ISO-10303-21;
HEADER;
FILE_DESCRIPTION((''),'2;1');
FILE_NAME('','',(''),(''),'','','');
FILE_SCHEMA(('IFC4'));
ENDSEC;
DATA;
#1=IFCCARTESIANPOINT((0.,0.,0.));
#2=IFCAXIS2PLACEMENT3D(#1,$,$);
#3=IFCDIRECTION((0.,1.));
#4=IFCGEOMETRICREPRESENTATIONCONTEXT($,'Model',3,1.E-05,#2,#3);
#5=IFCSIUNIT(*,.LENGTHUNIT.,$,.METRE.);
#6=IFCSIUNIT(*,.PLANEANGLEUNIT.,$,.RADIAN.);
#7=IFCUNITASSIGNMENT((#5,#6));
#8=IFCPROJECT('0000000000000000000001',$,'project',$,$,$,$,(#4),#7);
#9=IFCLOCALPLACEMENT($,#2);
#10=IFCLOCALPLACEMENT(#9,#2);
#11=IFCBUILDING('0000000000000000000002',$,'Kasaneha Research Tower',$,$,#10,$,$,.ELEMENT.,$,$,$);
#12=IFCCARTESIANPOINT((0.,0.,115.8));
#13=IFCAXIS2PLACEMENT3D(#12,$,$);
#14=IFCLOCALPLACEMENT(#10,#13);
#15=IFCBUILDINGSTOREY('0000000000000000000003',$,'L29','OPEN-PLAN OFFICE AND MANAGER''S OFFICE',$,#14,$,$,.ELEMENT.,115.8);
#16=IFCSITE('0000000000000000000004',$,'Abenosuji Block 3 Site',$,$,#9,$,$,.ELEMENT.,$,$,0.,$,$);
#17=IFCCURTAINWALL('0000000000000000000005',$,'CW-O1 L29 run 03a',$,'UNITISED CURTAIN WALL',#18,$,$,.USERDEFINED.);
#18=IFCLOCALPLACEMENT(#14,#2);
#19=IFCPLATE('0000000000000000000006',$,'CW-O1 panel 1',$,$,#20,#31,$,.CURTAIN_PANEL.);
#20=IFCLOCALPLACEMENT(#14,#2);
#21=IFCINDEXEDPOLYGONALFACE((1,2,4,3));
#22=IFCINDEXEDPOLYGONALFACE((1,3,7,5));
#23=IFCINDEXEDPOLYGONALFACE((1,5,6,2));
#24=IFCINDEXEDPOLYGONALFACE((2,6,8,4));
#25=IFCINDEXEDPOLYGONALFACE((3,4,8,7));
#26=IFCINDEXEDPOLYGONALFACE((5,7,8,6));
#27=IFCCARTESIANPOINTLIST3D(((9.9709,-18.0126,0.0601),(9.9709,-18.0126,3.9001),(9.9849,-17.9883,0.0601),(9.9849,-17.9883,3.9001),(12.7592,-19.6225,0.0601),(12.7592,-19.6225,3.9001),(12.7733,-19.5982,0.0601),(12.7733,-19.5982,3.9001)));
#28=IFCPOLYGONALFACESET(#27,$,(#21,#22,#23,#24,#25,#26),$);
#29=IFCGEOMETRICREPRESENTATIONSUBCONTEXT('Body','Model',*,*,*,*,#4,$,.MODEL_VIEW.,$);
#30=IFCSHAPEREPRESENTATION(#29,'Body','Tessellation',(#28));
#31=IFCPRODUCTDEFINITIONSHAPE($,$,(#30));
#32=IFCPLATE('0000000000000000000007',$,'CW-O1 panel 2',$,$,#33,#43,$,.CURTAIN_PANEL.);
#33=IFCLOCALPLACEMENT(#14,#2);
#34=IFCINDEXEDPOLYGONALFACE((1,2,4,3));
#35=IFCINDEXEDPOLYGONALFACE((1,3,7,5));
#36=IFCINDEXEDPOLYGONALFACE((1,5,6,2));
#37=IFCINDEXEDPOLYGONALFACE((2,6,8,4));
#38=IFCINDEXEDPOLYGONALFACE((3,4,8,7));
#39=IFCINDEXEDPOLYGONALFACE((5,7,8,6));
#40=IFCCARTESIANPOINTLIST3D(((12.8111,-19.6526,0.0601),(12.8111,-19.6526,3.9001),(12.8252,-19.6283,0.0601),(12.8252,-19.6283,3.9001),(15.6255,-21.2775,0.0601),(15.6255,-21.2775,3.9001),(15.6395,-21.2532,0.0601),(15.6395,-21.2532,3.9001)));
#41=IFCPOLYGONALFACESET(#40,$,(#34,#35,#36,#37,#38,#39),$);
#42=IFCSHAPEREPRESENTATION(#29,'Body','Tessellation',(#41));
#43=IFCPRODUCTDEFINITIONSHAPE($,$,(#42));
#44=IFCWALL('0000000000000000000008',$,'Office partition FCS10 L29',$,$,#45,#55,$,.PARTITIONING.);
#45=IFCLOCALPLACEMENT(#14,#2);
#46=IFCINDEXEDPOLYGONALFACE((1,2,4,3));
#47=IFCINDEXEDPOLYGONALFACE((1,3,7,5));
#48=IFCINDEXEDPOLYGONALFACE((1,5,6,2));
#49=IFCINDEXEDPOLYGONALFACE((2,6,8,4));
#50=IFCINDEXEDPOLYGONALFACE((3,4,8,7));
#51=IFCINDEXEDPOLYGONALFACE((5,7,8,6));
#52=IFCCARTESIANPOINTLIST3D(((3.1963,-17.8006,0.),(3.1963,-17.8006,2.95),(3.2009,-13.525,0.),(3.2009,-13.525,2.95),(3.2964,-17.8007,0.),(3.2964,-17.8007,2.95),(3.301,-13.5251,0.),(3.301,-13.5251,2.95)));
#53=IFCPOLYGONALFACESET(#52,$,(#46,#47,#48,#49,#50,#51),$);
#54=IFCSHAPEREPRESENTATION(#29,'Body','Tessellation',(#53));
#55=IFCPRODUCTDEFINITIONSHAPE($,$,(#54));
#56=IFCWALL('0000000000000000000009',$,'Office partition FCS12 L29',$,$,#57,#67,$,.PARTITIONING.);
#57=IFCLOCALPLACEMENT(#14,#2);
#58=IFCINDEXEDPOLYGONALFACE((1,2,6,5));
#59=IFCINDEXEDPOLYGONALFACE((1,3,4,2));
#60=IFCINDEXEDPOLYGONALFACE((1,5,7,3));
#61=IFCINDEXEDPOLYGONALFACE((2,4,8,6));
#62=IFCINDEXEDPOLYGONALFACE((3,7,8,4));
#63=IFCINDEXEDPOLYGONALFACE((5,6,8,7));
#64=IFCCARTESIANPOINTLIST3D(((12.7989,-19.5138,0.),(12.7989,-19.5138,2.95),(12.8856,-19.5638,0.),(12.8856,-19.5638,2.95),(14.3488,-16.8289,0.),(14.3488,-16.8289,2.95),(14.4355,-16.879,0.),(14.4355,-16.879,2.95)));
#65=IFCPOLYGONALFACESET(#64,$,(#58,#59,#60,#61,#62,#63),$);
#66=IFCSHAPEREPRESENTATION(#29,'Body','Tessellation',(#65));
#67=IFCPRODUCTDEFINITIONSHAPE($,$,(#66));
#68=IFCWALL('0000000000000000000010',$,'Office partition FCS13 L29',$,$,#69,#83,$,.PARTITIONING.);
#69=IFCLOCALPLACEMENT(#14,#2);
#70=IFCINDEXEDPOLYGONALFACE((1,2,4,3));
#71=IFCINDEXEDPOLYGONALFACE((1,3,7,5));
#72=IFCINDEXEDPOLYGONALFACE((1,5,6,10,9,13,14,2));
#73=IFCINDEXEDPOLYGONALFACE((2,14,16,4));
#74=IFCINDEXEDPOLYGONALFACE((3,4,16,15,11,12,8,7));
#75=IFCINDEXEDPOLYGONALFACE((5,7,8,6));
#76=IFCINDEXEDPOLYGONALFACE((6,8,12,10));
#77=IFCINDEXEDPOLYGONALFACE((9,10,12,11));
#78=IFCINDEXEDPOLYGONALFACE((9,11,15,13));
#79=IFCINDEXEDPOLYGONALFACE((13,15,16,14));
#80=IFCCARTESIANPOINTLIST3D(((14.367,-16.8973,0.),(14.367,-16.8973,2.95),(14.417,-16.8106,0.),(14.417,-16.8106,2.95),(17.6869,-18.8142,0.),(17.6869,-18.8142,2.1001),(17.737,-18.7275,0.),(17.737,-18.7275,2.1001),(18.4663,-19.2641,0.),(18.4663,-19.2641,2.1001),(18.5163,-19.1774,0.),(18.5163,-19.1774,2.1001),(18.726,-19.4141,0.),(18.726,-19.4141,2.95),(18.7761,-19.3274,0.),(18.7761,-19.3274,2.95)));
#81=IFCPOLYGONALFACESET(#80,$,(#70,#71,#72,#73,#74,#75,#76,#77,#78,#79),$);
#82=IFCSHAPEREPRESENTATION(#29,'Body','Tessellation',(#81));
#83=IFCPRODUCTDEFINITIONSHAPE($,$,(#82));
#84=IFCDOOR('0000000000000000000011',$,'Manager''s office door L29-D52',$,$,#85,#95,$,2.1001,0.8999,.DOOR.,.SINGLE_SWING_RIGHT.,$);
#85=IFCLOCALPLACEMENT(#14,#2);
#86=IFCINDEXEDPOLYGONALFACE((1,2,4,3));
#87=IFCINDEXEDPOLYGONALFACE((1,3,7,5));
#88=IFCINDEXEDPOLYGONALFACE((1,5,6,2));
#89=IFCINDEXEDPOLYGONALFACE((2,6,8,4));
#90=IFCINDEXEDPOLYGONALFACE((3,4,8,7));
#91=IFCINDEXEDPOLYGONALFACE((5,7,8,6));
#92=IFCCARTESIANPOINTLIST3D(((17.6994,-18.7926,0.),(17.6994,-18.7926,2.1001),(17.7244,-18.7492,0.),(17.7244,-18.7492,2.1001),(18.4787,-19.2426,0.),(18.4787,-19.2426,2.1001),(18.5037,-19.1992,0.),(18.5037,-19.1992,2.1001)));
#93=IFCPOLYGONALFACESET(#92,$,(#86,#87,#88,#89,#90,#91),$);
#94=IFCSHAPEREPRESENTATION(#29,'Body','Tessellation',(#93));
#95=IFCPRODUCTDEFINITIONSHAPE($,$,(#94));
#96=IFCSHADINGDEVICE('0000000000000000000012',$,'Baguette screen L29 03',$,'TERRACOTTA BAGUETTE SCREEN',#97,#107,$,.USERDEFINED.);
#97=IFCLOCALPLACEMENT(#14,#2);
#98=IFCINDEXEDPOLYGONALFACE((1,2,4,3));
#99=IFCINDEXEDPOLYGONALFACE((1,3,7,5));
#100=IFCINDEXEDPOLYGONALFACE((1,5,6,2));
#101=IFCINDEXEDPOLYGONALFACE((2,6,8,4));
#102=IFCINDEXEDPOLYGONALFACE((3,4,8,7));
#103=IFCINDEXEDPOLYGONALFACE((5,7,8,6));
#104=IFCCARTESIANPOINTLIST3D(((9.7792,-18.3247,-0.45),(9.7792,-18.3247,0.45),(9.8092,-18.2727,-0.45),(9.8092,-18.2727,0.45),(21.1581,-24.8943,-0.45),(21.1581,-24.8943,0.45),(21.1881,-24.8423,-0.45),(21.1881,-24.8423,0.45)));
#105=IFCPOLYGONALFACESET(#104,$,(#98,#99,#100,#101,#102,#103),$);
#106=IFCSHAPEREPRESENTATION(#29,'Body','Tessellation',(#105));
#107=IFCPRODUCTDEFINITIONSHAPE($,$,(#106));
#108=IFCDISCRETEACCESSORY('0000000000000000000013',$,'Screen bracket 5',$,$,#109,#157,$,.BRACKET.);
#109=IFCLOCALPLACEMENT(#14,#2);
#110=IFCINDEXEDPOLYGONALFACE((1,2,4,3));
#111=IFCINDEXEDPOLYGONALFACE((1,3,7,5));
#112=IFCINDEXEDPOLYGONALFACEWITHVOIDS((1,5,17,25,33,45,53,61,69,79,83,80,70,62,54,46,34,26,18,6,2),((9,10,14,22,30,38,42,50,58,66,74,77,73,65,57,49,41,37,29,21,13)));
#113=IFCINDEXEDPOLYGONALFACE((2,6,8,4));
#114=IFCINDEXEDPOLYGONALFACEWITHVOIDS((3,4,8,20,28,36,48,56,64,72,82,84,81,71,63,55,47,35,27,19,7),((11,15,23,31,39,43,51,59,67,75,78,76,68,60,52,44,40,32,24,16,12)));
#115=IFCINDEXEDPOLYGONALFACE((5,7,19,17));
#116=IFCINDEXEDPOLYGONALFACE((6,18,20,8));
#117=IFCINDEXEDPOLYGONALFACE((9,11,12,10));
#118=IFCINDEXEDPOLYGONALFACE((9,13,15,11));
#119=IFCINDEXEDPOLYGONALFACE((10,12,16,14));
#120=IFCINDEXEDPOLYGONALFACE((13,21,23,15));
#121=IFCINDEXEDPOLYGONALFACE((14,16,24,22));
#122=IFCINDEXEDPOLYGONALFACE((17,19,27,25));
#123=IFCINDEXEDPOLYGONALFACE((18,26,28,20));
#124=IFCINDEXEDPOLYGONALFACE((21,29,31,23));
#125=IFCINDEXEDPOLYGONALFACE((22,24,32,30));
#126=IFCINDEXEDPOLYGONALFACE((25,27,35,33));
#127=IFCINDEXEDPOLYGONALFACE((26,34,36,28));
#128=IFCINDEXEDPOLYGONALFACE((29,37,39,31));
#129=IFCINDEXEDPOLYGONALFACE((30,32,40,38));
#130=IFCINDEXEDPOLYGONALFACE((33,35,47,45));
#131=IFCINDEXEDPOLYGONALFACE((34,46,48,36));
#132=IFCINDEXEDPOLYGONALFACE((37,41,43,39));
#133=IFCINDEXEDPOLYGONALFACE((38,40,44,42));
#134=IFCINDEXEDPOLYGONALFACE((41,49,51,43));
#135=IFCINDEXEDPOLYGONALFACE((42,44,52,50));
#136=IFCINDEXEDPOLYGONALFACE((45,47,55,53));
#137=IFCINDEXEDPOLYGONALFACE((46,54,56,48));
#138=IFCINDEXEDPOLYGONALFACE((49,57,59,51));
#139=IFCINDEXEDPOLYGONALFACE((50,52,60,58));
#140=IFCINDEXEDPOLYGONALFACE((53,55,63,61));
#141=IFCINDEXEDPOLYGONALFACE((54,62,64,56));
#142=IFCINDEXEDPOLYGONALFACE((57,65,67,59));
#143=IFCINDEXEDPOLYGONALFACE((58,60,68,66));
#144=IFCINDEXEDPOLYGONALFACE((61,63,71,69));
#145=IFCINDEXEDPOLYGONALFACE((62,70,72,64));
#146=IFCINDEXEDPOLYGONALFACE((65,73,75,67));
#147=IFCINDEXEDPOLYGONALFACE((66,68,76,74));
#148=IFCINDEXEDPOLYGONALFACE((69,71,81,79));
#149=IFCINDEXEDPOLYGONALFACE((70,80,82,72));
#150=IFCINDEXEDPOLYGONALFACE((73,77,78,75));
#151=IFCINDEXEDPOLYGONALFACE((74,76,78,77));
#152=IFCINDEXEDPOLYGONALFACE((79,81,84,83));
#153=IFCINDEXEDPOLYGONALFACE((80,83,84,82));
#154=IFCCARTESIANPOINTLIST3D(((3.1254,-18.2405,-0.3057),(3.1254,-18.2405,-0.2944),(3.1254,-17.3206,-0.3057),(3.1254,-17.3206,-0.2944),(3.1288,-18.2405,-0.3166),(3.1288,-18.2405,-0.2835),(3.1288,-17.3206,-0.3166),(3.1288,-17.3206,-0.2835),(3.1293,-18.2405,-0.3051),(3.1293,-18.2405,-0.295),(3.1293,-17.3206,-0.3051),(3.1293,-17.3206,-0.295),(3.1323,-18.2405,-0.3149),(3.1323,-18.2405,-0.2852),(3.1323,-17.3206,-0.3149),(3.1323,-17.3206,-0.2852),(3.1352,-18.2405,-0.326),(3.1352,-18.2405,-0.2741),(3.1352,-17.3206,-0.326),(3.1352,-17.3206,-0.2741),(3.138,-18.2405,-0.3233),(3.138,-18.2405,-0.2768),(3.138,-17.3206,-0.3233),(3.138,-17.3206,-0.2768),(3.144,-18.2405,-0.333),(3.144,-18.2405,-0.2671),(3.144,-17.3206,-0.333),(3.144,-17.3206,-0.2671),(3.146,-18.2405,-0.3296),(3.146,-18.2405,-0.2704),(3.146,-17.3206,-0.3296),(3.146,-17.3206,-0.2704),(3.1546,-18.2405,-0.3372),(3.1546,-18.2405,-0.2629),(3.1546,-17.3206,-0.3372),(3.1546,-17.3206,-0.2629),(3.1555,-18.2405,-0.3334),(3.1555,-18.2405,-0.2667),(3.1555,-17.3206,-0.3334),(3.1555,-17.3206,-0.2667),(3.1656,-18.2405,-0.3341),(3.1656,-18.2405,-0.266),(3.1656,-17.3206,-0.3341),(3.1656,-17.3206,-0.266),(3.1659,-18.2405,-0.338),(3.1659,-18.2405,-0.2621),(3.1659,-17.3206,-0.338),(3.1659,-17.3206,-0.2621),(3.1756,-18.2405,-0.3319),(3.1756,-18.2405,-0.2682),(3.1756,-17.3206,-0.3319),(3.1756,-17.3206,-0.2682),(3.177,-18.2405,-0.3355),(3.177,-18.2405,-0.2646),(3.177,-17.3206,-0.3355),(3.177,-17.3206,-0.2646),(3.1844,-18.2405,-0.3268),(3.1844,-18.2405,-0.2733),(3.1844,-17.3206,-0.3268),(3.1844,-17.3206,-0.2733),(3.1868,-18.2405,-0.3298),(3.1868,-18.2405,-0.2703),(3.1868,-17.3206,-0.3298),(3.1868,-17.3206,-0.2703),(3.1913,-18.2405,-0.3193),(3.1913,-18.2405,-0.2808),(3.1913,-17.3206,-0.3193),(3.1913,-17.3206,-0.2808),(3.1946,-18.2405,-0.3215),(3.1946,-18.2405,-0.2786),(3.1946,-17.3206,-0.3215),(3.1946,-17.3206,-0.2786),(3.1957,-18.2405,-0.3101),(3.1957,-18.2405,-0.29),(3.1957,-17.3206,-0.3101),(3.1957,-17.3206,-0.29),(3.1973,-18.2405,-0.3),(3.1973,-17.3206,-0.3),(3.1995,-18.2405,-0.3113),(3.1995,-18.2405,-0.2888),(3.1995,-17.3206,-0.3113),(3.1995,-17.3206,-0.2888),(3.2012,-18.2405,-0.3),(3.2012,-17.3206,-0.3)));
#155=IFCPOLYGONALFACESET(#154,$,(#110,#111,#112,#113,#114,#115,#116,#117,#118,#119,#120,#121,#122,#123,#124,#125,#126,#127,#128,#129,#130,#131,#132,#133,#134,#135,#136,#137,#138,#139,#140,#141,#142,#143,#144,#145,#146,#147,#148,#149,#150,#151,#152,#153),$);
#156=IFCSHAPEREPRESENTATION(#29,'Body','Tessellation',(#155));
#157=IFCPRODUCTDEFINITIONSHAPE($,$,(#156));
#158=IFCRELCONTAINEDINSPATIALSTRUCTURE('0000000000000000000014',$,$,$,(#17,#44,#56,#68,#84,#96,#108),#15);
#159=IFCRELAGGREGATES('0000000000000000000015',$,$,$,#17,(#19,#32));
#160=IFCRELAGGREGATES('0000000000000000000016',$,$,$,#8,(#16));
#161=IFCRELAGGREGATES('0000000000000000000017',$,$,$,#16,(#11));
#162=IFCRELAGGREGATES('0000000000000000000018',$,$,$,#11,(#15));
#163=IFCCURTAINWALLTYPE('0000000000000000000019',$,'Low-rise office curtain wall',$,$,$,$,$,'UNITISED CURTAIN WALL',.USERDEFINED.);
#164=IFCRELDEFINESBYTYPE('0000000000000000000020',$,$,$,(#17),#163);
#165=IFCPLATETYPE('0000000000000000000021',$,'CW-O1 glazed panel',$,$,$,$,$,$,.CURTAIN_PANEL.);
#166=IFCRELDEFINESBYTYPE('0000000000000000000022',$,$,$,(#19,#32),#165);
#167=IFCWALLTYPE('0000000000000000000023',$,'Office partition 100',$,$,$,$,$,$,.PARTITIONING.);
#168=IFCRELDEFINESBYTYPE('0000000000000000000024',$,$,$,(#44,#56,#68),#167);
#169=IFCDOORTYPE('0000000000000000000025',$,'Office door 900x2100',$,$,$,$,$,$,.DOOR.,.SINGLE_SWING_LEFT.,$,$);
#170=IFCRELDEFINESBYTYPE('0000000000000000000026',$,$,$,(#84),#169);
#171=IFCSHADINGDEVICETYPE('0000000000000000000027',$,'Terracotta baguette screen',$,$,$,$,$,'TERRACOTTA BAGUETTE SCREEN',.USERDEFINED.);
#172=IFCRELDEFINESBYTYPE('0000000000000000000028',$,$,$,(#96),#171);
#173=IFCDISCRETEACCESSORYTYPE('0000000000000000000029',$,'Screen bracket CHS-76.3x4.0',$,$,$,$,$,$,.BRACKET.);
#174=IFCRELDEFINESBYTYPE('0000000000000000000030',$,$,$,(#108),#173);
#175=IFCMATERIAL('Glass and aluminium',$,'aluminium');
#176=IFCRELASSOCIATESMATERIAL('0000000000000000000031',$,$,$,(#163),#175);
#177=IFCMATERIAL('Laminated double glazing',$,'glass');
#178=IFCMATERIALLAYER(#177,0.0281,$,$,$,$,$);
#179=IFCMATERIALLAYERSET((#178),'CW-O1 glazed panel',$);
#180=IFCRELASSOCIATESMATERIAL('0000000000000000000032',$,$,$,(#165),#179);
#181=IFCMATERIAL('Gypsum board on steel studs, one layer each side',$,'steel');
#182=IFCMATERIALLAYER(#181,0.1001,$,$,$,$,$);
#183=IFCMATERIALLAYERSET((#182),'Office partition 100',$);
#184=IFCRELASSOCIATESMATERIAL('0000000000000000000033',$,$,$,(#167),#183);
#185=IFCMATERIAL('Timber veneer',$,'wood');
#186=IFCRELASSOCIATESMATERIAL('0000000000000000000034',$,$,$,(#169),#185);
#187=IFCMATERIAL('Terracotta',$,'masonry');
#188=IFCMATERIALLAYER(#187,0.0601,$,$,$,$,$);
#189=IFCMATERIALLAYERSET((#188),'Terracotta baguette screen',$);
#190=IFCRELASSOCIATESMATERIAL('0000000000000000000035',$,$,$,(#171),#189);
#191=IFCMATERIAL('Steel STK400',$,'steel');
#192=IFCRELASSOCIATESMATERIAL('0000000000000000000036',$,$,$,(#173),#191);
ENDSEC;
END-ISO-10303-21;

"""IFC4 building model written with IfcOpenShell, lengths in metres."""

from ifc_helpers import new_model, si_unit, direction, frame, frame_2d, origin, origin_2d, place, context, subcontext, project, spatial, rectangle, hollow_circle, extrude, material, layer, layer_set, material_profile, profile_set, type_object, element, fill, aggregate, save


model = new_model("IFC4")

# Units and contexts
model_context = context("Model", 3, precision=1e-05, world=origin(), true_north=direction((0.0, 1.0)))
body_context = subcontext(model_context, "Body", "Model", "MODEL_VIEW")
ifc_project = project(units=[si_unit("LENGTHUNIT", "METRE"), si_unit("PLANEANGLEUNIT", "RADIAN")], contexts=[model_context])

# Site, building, storey
site_placement = place(None, origin())
site = spatial("IfcSite", under=ifc_project, at=site_placement, Name="Abenosuji Block 3 Site", CompositionType="ELEMENT", RefElevation=0.0)
building_placement = place(site_placement, origin())
building = spatial("IfcBuilding", under=site, at=building_placement, Name="Kasaneha Research Tower", CompositionType="ELEMENT")
storey_placement = place(building_placement, frame((0.0, 0.0, 115.8)))
storey = spatial("IfcBuildingStorey", under=building, at=storey_placement, Name="L29", Description="OPEN-PLAN OFFICE AND MANAGER'S OFFICE", CompositionType="ELEMENT", Elevation=115.8)

# Curtain wall
ifc_material_1 = material(Name="Glass and aluminium", Category="aluminium")
curtain_wall_type = type_object("IfcCurtainWallType", Name="Low-rise office curtain wall", ElementType="UNITISED CURTAIN WALL", PredefinedType="USERDEFINED", material=ifc_material_1)
curtain_wall_1_placement = place(storey_placement, origin())
curtain_wall_1 = element("IfcCurtainWall", 1, at=curtain_wall_1_placement, inside=storey, type_object=curtain_wall_type, Name="CW-O1 L29 run 03a", ObjectType="UNITISED CURTAIN WALL", PredefinedType="USERDEFINED")

# Plates
ifc_material_2 = material(Name="Laminated double glazing", Category="glass")
ifc_layer_1 = layer(ifc_material_2, 0.0281)
ifc_layer_set_1 = layer_set([ifc_layer_1], Name="CW-O1 glazed panel")
plate_type = type_object("IfcPlateType", Name="CW-O1 glazed panel", PredefinedType="CURTAIN_PANEL", material=ifc_layer_set_1)
plate_1_placement = place(storey_placement, frame((11.3721, -18.8054, 0.0601), z_axis=(0.0, 0.0, 1.0), x_axis=(0.866025, -0.5, 0.0)))
plate_1 = element("IfcPlate", 2, at=plate_1_placement, type_object=plate_type, Name="CW-O1 panel 1", PredefinedType="CURTAIN_PANEL", context=body_context, shape_type="SweptSolid", body=[
    extrude(rectangle(XDim=3.2197, YDim=0.0281, at=origin_2d()), origin(), (0.0, 0.0, 1.0), 3.8401),
])
plate_2_placement = place(storey_placement, frame((14.2253, -20.4529, 0.0601), z_axis=(0.0, 0.0, 1.0), x_axis=(0.866025, -0.5, 0.0)))
plate_2 = element("IfcPlate", 3, at=plate_2_placement, type_object=plate_type, Name="CW-O1 panel 2", PredefinedType="CURTAIN_PANEL", context=body_context, shape_type="SweptSolid", body=[
    extrude(rectangle(XDim=3.2498, YDim=0.0281, at=origin_2d()), origin(), (0.0, 0.0, 1.0), 3.8401),
])
aggregate(curtain_wall_1, [plate_1, plate_2])

# Walls
ifc_material_3 = material(Name="Gypsum board on steel studs, one layer each side", Category="steel")
ifc_layer_2 = layer(ifc_material_3, 0.1001)
ifc_layer_set_2 = layer_set([ifc_layer_2], Name="Office partition 100")
wall_type = type_object("IfcWallType", Name="Office partition 100", PredefinedType="PARTITIONING", material=ifc_layer_set_2)
wall_1_placement = place(storey_placement, frame((3.2463, -17.8005, 0.0), z_axis=(0.0, 0.0, 1.0), x_axis=(0.001085, 0.999999, 0.0)))
element("IfcWall", 4, at=wall_1_placement, inside=storey, type_object=wall_type, Name="Office partition FCS10 L29", PredefinedType="PARTITIONING", context=body_context, shape_type="SweptSolid", body=[
    extrude(rectangle(XDim=4.2756, YDim=0.1001, at=frame_2d((2.1377, 0.0))), origin(), (0.0, 0.0, 1.0), 2.95),
])
wall_2_placement = place(storey_placement, frame((12.8423, -19.5388, 0.0), z_axis=(0.0, 0.0, 1.0), x_axis=(0.499934, 0.866064, 0.0)))
element("IfcWall", 5, at=wall_2_placement, inside=storey, type_object=wall_type, Name="Office partition FCS12 L29", PredefinedType="PARTITIONING", context=body_context, shape_type="SweptSolid", body=[
    extrude(rectangle(XDim=3.1001, YDim=0.1001, at=frame_2d((1.55, 0.0))), origin(), (0.0, 0.0, 1.0), 2.95),
])

# Wall, opening, door
wall_3_placement = place(storey_placement, frame((14.3921, -16.854, 0.0), z_axis=(0.0, 0.0, 1.0), x_axis=(0.866017, -0.500015, 0.0)))
wall_3 = element("IfcWall", 6, at=wall_3_placement, inside=storey, type_object=wall_type, Name="Office partition FCS13 L29", PredefinedType="PARTITIONING", context=body_context, shape_type="SweptSolid", body=[
    extrude(rectangle(XDim=5.0334, YDim=0.1001, at=frame_2d((2.5166, 0.0))), origin(), (0.0, 0.0, 1.0), 2.95),
])
opening_placement = place(wall_3_placement, frame((3.8335, 0.0, 0.0)))
opening = element("IfcOpeningElement", 7, at=opening_placement, cuts=wall_3, PredefinedType="OPENING", context=body_context, shape_type="SweptSolid", body=[
    extrude(rectangle(XDim=0.8999, YDim=2.1001, at=frame_2d((0.45, 1.05))), frame((0.0, 0.0601, 0.0), z_axis=(0.0, -1.0, 0.0), x_axis=(1.0, 0.0, 0.0)), (0.0, 0.0, 1.0), 0.1201),
])
ifc_material_4 = material(Name="Timber veneer", Category="wood")
door_type = type_object("IfcDoorType", Name="Office door 900x2100", OperationType="SINGLE_SWING_LEFT", PredefinedType="DOOR", material=ifc_material_4)
door_placement = place(opening_placement, origin())
door = element("IfcDoor", 8, at=door_placement, inside=storey, type_object=door_type, Name="Manager's office door L29-D52", OperationType="SINGLE_SWING_RIGHT", OverallHeight=2.1001, OverallWidth=0.8999, PredefinedType="DOOR", context=body_context, shape_type="SweptSolid", body=[
    extrude(rectangle(XDim=0.8999, YDim=2.1001, at=frame_2d((0.45, 1.05))), frame((0.0, 0.0249, 0.0), z_axis=(0.0, -1.0, 0.0), x_axis=(1.0, 0.0, 0.0)), (0.0, 0.0, 1.0), 0.05),
])
fill(opening, door)

# Shading device
ifc_material_5 = material(Name="Terracotta", Category="masonry")
ifc_layer_3 = layer(ifc_material_5, 0.0601)
ifc_layer_set_3 = layer_set([ifc_layer_3], Name="Terracotta baguette screen")
shading_device_type = type_object("IfcShadingDeviceType", Name="Terracotta baguette screen", ElementType="TERRACOTTA BAGUETTE SCREEN", PredefinedType="USERDEFINED", material=ifc_layer_set_3)
shading_device_placement = place(storey_placement, frame((15.4836, -21.5835, -0.45), z_axis=(0.0, 0.0, 1.0), x_axis=(0.866025, -0.5, 0.0)))
element("IfcShadingDevice", 9, at=shading_device_placement, inside=storey, type_object=shading_device_type, Name="Baguette screen L29 03", ObjectType="TERRACOTTA BAGUETTE SCREEN", PredefinedType="USERDEFINED", context=body_context, shape_type="SweptSolid", body=[
    extrude(rectangle(XDim=13.1392, YDim=0.0601, at=origin_2d()), origin(), (0.0, 0.0, 1.0), 0.8999),
])

# Discrete accessory
ifc_material_6 = material(Name="Steel STK400", Category="steel")
ifc_material_profile_1 = material_profile(ifc_material_6, hollow_circle(Radius=0.0381, WallThickness=0.0039, at=origin_2d()), Name="CHS-76.3x4.0")
ifc_profile_set_1 = profile_set([ifc_material_profile_1], Name="Steel STK400")
discrete_accessory_type = type_object("IfcDiscreteAccessoryType", Name="Screen bracket CHS-76.3x4.0", PredefinedType="BRACKET", material=ifc_profile_set_1)
for number, where, z_axis, x_axis, name in (
    (10, (3.1631, -17.3206, -0.3), (0.0, -1.0, 0.0), (1.0, 0.0, 0.0), "Screen bracket 5"),
):
    element("IfcDiscreteAccessory", number, at=place(storey_placement, frame(where, z_axis=z_axis, x_axis=x_axis)), inside=storey, type_object=discrete_accessory_type, Name=name, PredefinedType="BRACKET", context=body_context, shape_type="SweptSolid", body=[
        extrude(hollow_circle(Radius=0.0381, WallThickness=0.0039, at=origin_2d()), origin(), (0.0, 0.0, 1.0), 0.9199),
    ])

save(model, "model.ifc")
